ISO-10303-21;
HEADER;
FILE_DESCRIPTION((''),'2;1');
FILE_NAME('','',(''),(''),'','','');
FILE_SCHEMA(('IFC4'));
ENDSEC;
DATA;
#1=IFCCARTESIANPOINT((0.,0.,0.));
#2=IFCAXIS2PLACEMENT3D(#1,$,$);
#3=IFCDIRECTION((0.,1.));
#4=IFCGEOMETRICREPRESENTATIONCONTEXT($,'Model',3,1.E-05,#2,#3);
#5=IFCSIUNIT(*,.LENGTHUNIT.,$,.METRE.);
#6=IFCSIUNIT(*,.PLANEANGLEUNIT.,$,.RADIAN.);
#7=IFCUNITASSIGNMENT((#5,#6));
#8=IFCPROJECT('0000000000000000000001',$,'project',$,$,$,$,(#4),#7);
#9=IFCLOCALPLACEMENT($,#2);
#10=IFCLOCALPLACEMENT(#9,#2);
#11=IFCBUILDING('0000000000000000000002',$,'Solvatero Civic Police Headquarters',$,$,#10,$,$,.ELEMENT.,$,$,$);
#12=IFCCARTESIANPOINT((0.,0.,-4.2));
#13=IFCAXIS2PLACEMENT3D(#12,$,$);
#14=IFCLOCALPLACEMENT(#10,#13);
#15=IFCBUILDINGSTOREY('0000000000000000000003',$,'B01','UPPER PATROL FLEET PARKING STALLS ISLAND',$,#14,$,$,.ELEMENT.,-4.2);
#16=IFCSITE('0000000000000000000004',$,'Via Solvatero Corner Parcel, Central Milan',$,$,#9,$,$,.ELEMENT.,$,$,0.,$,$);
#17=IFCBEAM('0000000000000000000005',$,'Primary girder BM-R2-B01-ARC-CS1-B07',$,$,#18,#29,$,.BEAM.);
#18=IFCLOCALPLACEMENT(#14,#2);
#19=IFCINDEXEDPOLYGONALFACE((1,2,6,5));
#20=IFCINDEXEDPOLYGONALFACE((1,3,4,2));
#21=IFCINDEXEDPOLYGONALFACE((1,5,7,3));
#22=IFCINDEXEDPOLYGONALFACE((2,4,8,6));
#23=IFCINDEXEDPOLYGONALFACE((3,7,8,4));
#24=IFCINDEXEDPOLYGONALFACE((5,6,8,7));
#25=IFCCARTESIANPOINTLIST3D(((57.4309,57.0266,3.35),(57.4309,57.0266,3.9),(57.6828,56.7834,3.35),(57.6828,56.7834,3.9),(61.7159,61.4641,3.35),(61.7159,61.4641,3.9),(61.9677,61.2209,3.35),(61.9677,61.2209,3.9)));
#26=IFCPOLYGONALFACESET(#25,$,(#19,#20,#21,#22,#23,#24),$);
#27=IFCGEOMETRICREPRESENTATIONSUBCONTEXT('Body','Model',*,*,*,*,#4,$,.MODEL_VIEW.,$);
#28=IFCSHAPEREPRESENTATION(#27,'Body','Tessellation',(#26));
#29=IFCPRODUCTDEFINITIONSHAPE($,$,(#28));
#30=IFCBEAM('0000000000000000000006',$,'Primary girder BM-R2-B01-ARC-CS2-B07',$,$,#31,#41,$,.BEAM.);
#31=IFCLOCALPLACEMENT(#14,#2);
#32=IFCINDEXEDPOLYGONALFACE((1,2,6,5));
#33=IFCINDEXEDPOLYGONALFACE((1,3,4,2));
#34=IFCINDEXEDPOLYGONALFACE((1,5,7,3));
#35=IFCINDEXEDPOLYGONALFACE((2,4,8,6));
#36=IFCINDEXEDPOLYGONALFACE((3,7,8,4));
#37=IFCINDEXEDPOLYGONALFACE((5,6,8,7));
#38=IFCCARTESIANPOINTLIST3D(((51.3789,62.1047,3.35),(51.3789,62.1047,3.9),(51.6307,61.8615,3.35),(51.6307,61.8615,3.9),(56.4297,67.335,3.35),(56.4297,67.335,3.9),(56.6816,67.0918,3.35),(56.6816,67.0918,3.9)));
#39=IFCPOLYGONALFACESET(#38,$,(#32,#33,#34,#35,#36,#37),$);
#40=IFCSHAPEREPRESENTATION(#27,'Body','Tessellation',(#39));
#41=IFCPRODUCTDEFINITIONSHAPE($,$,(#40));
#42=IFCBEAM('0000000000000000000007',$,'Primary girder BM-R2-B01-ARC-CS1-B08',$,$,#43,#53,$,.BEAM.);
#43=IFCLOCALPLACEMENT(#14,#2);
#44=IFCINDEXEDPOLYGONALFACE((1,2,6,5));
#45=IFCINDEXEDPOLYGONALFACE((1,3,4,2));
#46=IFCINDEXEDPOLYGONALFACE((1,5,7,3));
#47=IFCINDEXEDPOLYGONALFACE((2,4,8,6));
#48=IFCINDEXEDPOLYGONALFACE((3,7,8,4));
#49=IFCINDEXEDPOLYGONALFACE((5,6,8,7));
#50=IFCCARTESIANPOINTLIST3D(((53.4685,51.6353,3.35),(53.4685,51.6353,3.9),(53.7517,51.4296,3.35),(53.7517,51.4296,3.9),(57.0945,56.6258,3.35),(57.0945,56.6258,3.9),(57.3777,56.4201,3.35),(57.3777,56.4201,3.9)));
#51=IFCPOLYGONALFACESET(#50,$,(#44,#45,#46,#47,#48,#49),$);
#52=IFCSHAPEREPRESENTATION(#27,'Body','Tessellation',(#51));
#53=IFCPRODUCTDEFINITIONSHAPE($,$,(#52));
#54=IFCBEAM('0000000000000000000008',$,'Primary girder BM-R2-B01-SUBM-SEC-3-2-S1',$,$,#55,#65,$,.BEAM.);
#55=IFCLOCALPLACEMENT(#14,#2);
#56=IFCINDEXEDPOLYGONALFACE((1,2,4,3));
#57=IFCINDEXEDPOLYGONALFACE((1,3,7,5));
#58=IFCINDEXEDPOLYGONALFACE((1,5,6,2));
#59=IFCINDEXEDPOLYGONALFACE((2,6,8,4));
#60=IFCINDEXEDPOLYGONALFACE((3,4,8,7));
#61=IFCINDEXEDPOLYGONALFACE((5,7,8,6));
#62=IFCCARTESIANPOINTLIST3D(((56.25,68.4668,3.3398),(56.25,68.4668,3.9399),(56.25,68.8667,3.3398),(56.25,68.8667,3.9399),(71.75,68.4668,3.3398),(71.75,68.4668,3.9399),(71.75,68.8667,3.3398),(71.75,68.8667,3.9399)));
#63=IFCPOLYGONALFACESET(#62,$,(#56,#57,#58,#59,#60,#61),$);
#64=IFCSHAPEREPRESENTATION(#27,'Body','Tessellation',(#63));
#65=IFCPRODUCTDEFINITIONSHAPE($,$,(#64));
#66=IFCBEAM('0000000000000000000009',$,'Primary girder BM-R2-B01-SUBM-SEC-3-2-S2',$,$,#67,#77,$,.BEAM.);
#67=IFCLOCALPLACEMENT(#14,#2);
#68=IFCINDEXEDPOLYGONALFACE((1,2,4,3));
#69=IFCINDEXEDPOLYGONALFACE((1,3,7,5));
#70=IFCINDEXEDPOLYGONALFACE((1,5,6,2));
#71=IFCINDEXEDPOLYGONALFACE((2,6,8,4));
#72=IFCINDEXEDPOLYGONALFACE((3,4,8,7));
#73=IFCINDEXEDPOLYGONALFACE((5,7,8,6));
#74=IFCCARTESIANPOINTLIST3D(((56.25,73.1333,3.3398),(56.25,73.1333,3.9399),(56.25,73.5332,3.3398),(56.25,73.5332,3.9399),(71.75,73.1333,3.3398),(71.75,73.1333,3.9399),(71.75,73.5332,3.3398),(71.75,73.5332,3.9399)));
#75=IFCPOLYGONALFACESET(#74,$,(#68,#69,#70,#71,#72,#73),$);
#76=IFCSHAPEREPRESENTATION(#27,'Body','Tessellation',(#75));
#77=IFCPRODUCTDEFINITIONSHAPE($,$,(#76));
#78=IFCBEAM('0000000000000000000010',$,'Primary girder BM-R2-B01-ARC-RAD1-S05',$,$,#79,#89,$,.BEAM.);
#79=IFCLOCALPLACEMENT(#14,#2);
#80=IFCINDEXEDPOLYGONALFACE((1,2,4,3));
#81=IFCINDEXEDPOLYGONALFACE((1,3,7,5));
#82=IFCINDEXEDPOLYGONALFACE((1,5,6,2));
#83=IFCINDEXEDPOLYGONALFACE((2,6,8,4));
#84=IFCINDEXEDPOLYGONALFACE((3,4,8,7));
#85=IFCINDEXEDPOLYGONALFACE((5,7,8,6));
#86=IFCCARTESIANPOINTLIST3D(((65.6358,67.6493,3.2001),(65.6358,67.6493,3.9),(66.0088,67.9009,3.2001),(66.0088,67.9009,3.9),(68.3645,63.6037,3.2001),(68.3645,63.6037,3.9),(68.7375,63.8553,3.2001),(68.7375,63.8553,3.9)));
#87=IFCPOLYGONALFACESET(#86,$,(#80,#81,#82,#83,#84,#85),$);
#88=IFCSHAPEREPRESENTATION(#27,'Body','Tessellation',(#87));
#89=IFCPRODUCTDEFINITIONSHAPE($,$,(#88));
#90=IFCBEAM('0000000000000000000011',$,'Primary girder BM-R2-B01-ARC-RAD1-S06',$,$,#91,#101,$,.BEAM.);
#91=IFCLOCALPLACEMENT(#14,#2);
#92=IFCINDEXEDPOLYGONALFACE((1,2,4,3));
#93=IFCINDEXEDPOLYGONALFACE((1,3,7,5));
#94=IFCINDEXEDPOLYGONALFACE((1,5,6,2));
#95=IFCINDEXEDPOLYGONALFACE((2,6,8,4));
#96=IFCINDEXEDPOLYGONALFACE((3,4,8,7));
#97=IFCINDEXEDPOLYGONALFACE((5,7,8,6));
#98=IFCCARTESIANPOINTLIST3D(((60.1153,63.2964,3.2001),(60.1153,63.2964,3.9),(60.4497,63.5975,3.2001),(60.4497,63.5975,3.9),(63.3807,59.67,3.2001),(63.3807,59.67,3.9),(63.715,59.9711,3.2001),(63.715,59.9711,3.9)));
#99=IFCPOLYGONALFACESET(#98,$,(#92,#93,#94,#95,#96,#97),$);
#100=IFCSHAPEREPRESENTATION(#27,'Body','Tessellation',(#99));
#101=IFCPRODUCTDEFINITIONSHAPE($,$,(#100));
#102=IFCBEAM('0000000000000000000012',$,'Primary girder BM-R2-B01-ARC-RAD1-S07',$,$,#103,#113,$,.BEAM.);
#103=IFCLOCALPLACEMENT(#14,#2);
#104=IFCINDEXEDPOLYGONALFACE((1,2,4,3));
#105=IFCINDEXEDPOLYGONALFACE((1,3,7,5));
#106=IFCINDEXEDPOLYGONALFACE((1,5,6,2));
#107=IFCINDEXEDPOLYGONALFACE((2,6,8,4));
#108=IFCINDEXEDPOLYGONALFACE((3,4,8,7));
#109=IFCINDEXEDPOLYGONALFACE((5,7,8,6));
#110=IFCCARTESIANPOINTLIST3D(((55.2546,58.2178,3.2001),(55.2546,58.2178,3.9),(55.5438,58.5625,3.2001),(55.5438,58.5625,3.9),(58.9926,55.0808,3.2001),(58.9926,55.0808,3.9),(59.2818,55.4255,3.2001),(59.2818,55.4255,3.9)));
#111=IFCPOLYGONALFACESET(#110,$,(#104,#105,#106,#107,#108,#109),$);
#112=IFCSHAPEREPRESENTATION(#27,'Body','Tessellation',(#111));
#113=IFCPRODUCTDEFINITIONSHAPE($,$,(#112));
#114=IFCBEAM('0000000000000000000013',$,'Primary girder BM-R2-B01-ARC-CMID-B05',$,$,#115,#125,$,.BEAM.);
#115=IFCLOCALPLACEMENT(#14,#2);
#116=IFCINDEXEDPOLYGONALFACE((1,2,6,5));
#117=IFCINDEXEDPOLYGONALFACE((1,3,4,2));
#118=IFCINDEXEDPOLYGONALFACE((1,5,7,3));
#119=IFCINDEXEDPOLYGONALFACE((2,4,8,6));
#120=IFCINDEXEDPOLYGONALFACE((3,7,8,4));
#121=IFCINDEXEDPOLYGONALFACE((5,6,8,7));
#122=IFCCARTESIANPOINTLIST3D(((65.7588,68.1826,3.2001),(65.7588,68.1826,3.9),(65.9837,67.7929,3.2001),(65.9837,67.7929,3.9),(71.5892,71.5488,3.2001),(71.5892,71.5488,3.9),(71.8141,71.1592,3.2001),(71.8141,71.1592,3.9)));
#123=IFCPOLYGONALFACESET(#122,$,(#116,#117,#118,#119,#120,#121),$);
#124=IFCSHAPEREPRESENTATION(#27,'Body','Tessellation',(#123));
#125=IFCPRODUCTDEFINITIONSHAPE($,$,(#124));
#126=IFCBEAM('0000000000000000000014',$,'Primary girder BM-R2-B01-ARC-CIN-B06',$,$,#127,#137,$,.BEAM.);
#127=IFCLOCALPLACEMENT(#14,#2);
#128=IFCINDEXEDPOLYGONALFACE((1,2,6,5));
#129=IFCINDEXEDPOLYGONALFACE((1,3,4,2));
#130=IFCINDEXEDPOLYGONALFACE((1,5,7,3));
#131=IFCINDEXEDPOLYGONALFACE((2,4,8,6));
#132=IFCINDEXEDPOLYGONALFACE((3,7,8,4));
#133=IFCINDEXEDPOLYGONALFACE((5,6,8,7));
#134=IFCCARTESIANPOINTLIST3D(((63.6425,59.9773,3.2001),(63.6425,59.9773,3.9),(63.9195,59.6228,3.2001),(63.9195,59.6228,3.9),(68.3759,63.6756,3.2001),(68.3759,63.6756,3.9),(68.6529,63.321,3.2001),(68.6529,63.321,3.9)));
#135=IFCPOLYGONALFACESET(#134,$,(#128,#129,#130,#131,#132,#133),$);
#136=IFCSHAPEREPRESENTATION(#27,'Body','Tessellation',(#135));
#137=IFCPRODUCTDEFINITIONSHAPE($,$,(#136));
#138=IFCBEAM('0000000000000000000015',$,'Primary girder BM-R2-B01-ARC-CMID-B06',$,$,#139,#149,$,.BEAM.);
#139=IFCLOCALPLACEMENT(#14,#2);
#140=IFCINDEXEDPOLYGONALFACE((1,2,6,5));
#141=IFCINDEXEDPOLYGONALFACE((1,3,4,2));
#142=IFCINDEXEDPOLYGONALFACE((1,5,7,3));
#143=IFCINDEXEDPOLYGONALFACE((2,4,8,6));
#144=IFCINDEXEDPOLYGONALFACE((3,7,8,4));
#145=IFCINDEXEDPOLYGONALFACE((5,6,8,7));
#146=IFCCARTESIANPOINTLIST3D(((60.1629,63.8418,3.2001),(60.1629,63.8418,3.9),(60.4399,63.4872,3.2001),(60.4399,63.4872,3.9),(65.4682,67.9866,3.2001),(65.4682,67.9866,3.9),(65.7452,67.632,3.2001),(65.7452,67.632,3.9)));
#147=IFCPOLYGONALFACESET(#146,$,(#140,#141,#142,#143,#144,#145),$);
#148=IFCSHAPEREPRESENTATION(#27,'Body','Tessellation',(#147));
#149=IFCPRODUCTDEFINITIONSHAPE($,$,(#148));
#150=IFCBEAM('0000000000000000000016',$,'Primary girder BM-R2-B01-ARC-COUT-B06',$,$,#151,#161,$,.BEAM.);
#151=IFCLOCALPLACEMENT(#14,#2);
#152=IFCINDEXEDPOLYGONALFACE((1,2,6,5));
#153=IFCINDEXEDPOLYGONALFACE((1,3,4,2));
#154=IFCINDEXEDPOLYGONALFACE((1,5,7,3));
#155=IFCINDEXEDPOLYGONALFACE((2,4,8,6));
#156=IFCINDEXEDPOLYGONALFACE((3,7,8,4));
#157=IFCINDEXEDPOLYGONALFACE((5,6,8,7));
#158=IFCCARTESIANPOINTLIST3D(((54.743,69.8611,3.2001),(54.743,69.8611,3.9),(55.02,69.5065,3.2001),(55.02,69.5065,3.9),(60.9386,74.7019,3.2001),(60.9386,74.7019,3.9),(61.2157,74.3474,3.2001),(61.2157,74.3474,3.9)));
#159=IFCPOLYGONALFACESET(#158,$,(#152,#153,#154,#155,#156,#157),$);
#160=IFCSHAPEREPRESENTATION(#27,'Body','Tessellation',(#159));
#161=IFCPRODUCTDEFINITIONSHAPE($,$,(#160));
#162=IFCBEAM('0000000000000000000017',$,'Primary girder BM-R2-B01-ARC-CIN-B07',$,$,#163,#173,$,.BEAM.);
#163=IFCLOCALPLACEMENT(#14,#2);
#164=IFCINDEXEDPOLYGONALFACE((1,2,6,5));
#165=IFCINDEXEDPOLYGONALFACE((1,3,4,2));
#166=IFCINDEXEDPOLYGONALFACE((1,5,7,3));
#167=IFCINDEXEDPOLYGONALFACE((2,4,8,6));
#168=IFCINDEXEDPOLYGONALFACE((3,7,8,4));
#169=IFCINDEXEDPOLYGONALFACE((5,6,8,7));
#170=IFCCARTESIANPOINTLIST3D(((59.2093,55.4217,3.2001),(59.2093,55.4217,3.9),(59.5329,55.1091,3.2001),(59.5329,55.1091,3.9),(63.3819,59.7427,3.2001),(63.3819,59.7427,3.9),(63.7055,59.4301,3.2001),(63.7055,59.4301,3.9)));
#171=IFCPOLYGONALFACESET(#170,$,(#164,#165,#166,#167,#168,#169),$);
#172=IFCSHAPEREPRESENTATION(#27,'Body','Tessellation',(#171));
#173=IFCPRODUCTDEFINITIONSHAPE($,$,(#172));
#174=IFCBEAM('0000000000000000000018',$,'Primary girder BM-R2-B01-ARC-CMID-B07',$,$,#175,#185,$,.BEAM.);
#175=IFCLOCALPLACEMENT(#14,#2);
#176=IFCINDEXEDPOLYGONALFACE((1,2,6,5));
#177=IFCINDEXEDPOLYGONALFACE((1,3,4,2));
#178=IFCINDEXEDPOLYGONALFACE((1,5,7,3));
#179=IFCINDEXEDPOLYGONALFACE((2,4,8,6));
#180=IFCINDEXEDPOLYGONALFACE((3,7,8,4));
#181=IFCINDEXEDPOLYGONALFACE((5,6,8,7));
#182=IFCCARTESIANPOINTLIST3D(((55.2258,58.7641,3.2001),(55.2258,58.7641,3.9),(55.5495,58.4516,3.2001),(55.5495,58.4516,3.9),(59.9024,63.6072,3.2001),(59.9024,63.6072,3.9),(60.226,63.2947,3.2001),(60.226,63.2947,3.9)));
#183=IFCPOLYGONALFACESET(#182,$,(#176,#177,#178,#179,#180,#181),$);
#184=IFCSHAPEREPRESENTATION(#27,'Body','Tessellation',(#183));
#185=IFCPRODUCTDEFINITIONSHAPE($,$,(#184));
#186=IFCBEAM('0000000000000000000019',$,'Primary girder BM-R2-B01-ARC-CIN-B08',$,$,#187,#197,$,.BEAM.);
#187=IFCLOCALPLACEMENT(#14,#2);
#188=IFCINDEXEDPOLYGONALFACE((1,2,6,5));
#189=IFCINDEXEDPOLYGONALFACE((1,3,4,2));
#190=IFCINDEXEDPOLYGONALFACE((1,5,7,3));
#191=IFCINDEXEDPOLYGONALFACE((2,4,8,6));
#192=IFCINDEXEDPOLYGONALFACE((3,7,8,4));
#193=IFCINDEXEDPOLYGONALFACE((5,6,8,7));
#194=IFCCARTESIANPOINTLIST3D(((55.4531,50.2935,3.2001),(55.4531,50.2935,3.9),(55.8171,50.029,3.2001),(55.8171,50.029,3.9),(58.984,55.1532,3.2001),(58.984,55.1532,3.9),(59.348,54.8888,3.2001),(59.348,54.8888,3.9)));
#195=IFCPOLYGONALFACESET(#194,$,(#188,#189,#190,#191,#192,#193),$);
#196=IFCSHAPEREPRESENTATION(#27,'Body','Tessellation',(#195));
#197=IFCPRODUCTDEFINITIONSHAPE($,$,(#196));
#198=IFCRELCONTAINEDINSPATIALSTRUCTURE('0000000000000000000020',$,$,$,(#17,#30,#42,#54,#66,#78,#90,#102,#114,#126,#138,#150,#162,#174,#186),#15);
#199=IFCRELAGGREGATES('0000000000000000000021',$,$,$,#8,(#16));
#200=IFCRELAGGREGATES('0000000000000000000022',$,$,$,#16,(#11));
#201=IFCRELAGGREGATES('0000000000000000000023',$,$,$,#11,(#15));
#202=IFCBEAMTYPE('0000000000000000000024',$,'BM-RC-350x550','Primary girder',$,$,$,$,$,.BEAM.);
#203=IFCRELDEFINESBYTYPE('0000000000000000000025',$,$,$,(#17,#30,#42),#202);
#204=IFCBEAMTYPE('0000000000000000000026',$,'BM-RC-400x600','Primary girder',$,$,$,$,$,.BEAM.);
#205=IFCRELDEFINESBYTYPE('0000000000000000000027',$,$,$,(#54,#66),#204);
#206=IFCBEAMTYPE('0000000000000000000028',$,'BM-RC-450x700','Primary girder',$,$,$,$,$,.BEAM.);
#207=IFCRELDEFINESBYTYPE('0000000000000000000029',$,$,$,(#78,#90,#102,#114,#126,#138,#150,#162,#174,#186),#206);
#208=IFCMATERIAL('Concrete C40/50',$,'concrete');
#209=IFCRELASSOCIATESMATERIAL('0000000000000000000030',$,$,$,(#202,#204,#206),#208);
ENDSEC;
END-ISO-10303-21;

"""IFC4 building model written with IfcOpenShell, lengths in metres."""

from ifc_helpers import new_model, si_unit, direction, frame, origin, origin_2d, place, context, subcontext, project, spatial, rectangle, extrude, material, material_profile, profile_set, type_object, element, save


model = new_model("IFC4")

# Units and contexts
model_context = context("Model", 3, precision=1e-05, world=origin(), true_north=direction((0.0, 1.0)))
body_context = subcontext(model_context, "Body", "Model", "MODEL_VIEW")
ifc_project = project(units=[si_unit("LENGTHUNIT", "METRE"), si_unit("PLANEANGLEUNIT", "RADIAN")], contexts=[model_context])

# Site, building, storey
site_placement = place(None, origin())
site = spatial("IfcSite", under=ifc_project, at=site_placement, Name="Via Solvatero Corner Parcel, Central Milan", CompositionType="ELEMENT", RefElevation=0.0)
building_placement = place(site_placement, origin())
building = spatial("IfcBuilding", under=site, at=building_placement, Name="Solvatero Civic Police Headquarters", CompositionType="ELEMENT")
storey_placement = place(building_placement, frame((0.0, 0.0, -4.2)))
storey = spatial("IfcBuildingStorey", under=building, at=storey_placement, Name="B01", Description="UPPER PATROL FLEET PARKING STALLS ISLAND", CompositionType="ELEMENT", Elevation=-4.2)

# Shared definitions
ifc_material = material(Name="Concrete C40/50", Category="concrete")

# Beams
ifc_material_profile_1 = material_profile(ifc_material, rectangle(XDim=0.3501, YDim=0.55, at=origin_2d()), Name="RC 350x550")
ifc_profile_set_1 = profile_set([ifc_material_profile_1], Name="Concrete C40/50")
beam_type_1 = type_object("IfcBeamType", Name="BM-RC-350x550", Description="Primary girder", PredefinedType="BEAM", material=ifc_profile_set_1)
beam_1_placement = place(storey_placement, frame((61.8418, 61.3425, 3.625), z_axis=(-0.694631, -0.719367, 0.0), x_axis=(0.719367, -0.694631, 0.0)))
element("IfcBeam", 1, at=beam_1_placement, inside=storey, type_object=beam_type_1, Name="Primary girder BM-R2-B01-ARC-CS1-B07", PredefinedType="BEAM", context=body_context, shape_type="SweptSolid", body=[
    extrude(rectangle(XDim=0.3501, YDim=0.55, at=origin_2d()), origin(), (0.0, 0.0, 1.0), 6.1687),
])
beam_2_placement = place(storey_placement, frame((56.5557, 67.2134, 3.625), z_axis=(-0.694659, -0.719339, 0.0), x_axis=(0.719339, -0.694659, 0.0)))
element("IfcBeam", 2, at=beam_2_placement, inside=storey, type_object=beam_type_1, Name="Primary girder BM-R2-B01-ARC-CS2-B07", PredefinedType="BEAM", context=body_context, shape_type="SweptSolid", body=[
    extrude(rectangle(XDim=0.3501, YDim=0.55, at=origin_2d()), origin(), (0.0, 0.0, 1.0), 7.271),
])
beam_3_placement = place(storey_placement, frame((57.2361, 56.5229, 3.625), z_axis=(-0.587805, -0.809003, 0.0), x_axis=(0.809003, -0.587805, 0.0)))
element("IfcBeam", 3, at=beam_3_placement, inside=storey, type_object=beam_type_1, Name="Primary girder BM-R2-B01-ARC-CS1-B08", PredefinedType="BEAM", context=body_context, shape_type="SweptSolid", body=[
    extrude(rectangle(XDim=0.3501, YDim=0.55, at=origin_2d()), origin(), (0.0, 0.0, 1.0), 6.1687),
])
ifc_material_profile_2 = material_profile(ifc_material, rectangle(XDim=0.3999, YDim=0.6001, at=origin_2d()), Name="RC 400x600")
ifc_profile_set_2 = profile_set([ifc_material_profile_2], Name="Concrete C40/50")
beam_type_2 = type_object("IfcBeamType", Name="BM-RC-400x600", Description="Primary girder", PredefinedType="BEAM", material=ifc_profile_set_2)
for number, where, z_axis, x_axis, name in (
    (4, (56.25, 68.6667, 3.6399), (1.0, 0.0, 0.0), (0.0, 1.0, 0.0), "Primary girder BM-R2-B01-SUBM-SEC-3-2-S1"),
    (5, (56.25, 73.3333, 3.6399), (1.0, 0.0, 0.0), (0.0, 1.0, 0.0), "Primary girder BM-R2-B01-SUBM-SEC-3-2-S2"),
):
    element("IfcBeam", number, at=place(storey_placement, frame(where, z_axis=z_axis, x_axis=x_axis)), inside=storey, type_object=beam_type_2, Name=name, PredefinedType="BEAM", context=body_context, shape_type="SweptSolid", body=[
        extrude(rectangle(XDim=0.3999, YDim=0.6001, at=origin_2d()), origin(), (0.0, 0.0, 1.0), 15.5),
    ])
ifc_material_profile_3 = material_profile(ifc_material, rectangle(XDim=0.45, YDim=0.7, at=origin_2d()), Name="RC 450x700")
ifc_profile_set_3 = profile_set([ifc_material_profile_3], Name="Concrete C40/50")
beam_type_3 = type_object("IfcBeamType", Name="BM-RC-450x700", Description="Primary girder", PredefinedType="BEAM", material=ifc_profile_set_3)
for number, where, z_axis, x_axis, name in (
    (6, (68.551, 63.7295, 3.55), (-0.559183, 0.829044, 0.0), (-0.829044, -0.559183, 0.0), "Primary girder BM-R2-B01-ARC-RAD1-S05"),
    (7, (63.5479, 59.8206, 3.55), (-0.669142, 0.743135, 0.0), (-0.743135, -0.669142, 0.0), "Primary girder BM-R2-B01-ARC-RAD1-S06"),
    (8, (59.1372, 55.2532, 3.55), (-0.766006, 0.642833, 0.0), (-0.642833, -0.766006, 0.0), "Primary girder BM-R2-B01-ARC-RAD1-S07"),
):
    element("IfcBeam", number, at=place(storey_placement, frame(where, z_axis=z_axis, x_axis=x_axis)), inside=storey, type_object=beam_type_3, Name=name, PredefinedType="BEAM", context=body_context, shape_type="SweptSolid", body=[
        extrude(rectangle(XDim=0.45, YDim=0.7, at=origin_2d()), origin(), (0.0, 0.0, 1.0), 4.8799),
    ])
beam_4_placement = place(storey_placement, frame((71.7017, 71.354, 3.55), z_axis=(-0.866021, -0.500008, 0.0), x_axis=(0.500008, -0.866021, 0.0)))
element("IfcBeam", 9, at=beam_4_placement, inside=storey, type_object=beam_type_3, Name="Primary girder BM-R2-B01-ARC-CMID-B05", PredefinedType="BEAM", context=body_context, shape_type="SweptSolid", body=[
    extrude(rectangle(XDim=0.45, YDim=0.7, at=origin_2d()), origin(), (0.0, 0.0, 1.0), 6.7324),
])
beam_5_placement = place(storey_placement, frame((68.5144, 63.4983, 3.55), z_axis=(-0.788002, -0.615672, 0.0), x_axis=(0.615672, -0.788002, 0.0)))
element("IfcBeam", 10, at=beam_5_placement, inside=storey, type_object=beam_type_3, Name="Primary girder BM-R2-B01-ARC-CIN-B06", PredefinedType="BEAM", context=body_context, shape_type="SweptSolid", body=[
    extrude(rectangle(XDim=0.45, YDim=0.7, at=origin_2d()), origin(), (0.0, 0.0, 1.0), 6.0068),
])
beam_6_placement = place(storey_placement, frame((65.6067, 67.8093, 3.55), z_axis=(-0.788017, -0.615654, 0.0), x_axis=(0.615654, -0.788017, 0.0)))
element("IfcBeam", 11, at=beam_6_placement, inside=storey, type_object=beam_type_3, Name="Primary girder BM-R2-B01-ARC-CMID-B06", PredefinedType="BEAM", context=body_context, shape_type="SweptSolid", body=[
    extrude(rectangle(XDim=0.45, YDim=0.7, at=origin_2d()), origin(), (0.0, 0.0, 1.0), 6.7324),
])
beam_7_placement = place(storey_placement, frame((61.0771, 74.5247, 3.55), z_axis=(-0.787991, -0.615687, 0.0), x_axis=(0.615687, -0.787991, 0.0)))
element("IfcBeam", 12, at=beam_7_placement, inside=storey, type_object=beam_type_3, Name="Primary girder BM-R2-B01-ARC-COUT-B06", PredefinedType="BEAM", context=body_context, shape_type="SweptSolid", body=[
    extrude(rectangle(XDim=0.45, YDim=0.7, at=origin_2d()), origin(), (0.0, 0.0, 1.0), 7.8625),
])
beam_8_placement = place(storey_placement, frame((63.5437, 59.5864, 3.55), z_axis=(-0.694643, -0.719355, 0.0), x_axis=(0.719355, -0.694643, 0.0)))
element("IfcBeam", 13, at=beam_8_placement, inside=storey, type_object=beam_type_3, Name="Primary girder BM-R2-B01-ARC-CIN-B07", PredefinedType="BEAM", context=body_context, shape_type="SweptSolid", body=[
    extrude(rectangle(XDim=0.45, YDim=0.7, at=origin_2d()), origin(), (0.0, 0.0, 1.0), 6.0068),
])
beam_9_placement = place(storey_placement, frame((60.0642, 63.4509, 3.55), z_axis=(-0.694633, -0.719365, 0.0), x_axis=(0.719365, -0.694633, 0.0)))
element("IfcBeam", 14, at=beam_9_placement, inside=storey, type_object=beam_type_3, Name="Primary girder BM-R2-B01-ARC-CMID-B07", PredefinedType="BEAM", context=body_context, shape_type="SweptSolid", body=[
    extrude(rectangle(XDim=0.45, YDim=0.7, at=origin_2d()), origin(), (0.0, 0.0, 1.0), 6.7324),
])
beam_10_placement = place(storey_placement, frame((59.166, 55.021, 3.55), z_axis=(-0.587797, -0.809008, 0.0), x_axis=(0.809008, -0.587797, 0.0)))
element("IfcBeam", 15, at=beam_10_placement, inside=storey, type_object=beam_type_3, Name="Primary girder BM-R2-B01-ARC-CIN-B08", PredefinedType="BEAM", context=body_context, shape_type="SweptSolid", body=[
    extrude(rectangle(XDim=0.45, YDim=0.7, at=origin_2d()), origin(), (0.0, 0.0, 1.0), 6.0071),
])

save(model, "model.ifc")
